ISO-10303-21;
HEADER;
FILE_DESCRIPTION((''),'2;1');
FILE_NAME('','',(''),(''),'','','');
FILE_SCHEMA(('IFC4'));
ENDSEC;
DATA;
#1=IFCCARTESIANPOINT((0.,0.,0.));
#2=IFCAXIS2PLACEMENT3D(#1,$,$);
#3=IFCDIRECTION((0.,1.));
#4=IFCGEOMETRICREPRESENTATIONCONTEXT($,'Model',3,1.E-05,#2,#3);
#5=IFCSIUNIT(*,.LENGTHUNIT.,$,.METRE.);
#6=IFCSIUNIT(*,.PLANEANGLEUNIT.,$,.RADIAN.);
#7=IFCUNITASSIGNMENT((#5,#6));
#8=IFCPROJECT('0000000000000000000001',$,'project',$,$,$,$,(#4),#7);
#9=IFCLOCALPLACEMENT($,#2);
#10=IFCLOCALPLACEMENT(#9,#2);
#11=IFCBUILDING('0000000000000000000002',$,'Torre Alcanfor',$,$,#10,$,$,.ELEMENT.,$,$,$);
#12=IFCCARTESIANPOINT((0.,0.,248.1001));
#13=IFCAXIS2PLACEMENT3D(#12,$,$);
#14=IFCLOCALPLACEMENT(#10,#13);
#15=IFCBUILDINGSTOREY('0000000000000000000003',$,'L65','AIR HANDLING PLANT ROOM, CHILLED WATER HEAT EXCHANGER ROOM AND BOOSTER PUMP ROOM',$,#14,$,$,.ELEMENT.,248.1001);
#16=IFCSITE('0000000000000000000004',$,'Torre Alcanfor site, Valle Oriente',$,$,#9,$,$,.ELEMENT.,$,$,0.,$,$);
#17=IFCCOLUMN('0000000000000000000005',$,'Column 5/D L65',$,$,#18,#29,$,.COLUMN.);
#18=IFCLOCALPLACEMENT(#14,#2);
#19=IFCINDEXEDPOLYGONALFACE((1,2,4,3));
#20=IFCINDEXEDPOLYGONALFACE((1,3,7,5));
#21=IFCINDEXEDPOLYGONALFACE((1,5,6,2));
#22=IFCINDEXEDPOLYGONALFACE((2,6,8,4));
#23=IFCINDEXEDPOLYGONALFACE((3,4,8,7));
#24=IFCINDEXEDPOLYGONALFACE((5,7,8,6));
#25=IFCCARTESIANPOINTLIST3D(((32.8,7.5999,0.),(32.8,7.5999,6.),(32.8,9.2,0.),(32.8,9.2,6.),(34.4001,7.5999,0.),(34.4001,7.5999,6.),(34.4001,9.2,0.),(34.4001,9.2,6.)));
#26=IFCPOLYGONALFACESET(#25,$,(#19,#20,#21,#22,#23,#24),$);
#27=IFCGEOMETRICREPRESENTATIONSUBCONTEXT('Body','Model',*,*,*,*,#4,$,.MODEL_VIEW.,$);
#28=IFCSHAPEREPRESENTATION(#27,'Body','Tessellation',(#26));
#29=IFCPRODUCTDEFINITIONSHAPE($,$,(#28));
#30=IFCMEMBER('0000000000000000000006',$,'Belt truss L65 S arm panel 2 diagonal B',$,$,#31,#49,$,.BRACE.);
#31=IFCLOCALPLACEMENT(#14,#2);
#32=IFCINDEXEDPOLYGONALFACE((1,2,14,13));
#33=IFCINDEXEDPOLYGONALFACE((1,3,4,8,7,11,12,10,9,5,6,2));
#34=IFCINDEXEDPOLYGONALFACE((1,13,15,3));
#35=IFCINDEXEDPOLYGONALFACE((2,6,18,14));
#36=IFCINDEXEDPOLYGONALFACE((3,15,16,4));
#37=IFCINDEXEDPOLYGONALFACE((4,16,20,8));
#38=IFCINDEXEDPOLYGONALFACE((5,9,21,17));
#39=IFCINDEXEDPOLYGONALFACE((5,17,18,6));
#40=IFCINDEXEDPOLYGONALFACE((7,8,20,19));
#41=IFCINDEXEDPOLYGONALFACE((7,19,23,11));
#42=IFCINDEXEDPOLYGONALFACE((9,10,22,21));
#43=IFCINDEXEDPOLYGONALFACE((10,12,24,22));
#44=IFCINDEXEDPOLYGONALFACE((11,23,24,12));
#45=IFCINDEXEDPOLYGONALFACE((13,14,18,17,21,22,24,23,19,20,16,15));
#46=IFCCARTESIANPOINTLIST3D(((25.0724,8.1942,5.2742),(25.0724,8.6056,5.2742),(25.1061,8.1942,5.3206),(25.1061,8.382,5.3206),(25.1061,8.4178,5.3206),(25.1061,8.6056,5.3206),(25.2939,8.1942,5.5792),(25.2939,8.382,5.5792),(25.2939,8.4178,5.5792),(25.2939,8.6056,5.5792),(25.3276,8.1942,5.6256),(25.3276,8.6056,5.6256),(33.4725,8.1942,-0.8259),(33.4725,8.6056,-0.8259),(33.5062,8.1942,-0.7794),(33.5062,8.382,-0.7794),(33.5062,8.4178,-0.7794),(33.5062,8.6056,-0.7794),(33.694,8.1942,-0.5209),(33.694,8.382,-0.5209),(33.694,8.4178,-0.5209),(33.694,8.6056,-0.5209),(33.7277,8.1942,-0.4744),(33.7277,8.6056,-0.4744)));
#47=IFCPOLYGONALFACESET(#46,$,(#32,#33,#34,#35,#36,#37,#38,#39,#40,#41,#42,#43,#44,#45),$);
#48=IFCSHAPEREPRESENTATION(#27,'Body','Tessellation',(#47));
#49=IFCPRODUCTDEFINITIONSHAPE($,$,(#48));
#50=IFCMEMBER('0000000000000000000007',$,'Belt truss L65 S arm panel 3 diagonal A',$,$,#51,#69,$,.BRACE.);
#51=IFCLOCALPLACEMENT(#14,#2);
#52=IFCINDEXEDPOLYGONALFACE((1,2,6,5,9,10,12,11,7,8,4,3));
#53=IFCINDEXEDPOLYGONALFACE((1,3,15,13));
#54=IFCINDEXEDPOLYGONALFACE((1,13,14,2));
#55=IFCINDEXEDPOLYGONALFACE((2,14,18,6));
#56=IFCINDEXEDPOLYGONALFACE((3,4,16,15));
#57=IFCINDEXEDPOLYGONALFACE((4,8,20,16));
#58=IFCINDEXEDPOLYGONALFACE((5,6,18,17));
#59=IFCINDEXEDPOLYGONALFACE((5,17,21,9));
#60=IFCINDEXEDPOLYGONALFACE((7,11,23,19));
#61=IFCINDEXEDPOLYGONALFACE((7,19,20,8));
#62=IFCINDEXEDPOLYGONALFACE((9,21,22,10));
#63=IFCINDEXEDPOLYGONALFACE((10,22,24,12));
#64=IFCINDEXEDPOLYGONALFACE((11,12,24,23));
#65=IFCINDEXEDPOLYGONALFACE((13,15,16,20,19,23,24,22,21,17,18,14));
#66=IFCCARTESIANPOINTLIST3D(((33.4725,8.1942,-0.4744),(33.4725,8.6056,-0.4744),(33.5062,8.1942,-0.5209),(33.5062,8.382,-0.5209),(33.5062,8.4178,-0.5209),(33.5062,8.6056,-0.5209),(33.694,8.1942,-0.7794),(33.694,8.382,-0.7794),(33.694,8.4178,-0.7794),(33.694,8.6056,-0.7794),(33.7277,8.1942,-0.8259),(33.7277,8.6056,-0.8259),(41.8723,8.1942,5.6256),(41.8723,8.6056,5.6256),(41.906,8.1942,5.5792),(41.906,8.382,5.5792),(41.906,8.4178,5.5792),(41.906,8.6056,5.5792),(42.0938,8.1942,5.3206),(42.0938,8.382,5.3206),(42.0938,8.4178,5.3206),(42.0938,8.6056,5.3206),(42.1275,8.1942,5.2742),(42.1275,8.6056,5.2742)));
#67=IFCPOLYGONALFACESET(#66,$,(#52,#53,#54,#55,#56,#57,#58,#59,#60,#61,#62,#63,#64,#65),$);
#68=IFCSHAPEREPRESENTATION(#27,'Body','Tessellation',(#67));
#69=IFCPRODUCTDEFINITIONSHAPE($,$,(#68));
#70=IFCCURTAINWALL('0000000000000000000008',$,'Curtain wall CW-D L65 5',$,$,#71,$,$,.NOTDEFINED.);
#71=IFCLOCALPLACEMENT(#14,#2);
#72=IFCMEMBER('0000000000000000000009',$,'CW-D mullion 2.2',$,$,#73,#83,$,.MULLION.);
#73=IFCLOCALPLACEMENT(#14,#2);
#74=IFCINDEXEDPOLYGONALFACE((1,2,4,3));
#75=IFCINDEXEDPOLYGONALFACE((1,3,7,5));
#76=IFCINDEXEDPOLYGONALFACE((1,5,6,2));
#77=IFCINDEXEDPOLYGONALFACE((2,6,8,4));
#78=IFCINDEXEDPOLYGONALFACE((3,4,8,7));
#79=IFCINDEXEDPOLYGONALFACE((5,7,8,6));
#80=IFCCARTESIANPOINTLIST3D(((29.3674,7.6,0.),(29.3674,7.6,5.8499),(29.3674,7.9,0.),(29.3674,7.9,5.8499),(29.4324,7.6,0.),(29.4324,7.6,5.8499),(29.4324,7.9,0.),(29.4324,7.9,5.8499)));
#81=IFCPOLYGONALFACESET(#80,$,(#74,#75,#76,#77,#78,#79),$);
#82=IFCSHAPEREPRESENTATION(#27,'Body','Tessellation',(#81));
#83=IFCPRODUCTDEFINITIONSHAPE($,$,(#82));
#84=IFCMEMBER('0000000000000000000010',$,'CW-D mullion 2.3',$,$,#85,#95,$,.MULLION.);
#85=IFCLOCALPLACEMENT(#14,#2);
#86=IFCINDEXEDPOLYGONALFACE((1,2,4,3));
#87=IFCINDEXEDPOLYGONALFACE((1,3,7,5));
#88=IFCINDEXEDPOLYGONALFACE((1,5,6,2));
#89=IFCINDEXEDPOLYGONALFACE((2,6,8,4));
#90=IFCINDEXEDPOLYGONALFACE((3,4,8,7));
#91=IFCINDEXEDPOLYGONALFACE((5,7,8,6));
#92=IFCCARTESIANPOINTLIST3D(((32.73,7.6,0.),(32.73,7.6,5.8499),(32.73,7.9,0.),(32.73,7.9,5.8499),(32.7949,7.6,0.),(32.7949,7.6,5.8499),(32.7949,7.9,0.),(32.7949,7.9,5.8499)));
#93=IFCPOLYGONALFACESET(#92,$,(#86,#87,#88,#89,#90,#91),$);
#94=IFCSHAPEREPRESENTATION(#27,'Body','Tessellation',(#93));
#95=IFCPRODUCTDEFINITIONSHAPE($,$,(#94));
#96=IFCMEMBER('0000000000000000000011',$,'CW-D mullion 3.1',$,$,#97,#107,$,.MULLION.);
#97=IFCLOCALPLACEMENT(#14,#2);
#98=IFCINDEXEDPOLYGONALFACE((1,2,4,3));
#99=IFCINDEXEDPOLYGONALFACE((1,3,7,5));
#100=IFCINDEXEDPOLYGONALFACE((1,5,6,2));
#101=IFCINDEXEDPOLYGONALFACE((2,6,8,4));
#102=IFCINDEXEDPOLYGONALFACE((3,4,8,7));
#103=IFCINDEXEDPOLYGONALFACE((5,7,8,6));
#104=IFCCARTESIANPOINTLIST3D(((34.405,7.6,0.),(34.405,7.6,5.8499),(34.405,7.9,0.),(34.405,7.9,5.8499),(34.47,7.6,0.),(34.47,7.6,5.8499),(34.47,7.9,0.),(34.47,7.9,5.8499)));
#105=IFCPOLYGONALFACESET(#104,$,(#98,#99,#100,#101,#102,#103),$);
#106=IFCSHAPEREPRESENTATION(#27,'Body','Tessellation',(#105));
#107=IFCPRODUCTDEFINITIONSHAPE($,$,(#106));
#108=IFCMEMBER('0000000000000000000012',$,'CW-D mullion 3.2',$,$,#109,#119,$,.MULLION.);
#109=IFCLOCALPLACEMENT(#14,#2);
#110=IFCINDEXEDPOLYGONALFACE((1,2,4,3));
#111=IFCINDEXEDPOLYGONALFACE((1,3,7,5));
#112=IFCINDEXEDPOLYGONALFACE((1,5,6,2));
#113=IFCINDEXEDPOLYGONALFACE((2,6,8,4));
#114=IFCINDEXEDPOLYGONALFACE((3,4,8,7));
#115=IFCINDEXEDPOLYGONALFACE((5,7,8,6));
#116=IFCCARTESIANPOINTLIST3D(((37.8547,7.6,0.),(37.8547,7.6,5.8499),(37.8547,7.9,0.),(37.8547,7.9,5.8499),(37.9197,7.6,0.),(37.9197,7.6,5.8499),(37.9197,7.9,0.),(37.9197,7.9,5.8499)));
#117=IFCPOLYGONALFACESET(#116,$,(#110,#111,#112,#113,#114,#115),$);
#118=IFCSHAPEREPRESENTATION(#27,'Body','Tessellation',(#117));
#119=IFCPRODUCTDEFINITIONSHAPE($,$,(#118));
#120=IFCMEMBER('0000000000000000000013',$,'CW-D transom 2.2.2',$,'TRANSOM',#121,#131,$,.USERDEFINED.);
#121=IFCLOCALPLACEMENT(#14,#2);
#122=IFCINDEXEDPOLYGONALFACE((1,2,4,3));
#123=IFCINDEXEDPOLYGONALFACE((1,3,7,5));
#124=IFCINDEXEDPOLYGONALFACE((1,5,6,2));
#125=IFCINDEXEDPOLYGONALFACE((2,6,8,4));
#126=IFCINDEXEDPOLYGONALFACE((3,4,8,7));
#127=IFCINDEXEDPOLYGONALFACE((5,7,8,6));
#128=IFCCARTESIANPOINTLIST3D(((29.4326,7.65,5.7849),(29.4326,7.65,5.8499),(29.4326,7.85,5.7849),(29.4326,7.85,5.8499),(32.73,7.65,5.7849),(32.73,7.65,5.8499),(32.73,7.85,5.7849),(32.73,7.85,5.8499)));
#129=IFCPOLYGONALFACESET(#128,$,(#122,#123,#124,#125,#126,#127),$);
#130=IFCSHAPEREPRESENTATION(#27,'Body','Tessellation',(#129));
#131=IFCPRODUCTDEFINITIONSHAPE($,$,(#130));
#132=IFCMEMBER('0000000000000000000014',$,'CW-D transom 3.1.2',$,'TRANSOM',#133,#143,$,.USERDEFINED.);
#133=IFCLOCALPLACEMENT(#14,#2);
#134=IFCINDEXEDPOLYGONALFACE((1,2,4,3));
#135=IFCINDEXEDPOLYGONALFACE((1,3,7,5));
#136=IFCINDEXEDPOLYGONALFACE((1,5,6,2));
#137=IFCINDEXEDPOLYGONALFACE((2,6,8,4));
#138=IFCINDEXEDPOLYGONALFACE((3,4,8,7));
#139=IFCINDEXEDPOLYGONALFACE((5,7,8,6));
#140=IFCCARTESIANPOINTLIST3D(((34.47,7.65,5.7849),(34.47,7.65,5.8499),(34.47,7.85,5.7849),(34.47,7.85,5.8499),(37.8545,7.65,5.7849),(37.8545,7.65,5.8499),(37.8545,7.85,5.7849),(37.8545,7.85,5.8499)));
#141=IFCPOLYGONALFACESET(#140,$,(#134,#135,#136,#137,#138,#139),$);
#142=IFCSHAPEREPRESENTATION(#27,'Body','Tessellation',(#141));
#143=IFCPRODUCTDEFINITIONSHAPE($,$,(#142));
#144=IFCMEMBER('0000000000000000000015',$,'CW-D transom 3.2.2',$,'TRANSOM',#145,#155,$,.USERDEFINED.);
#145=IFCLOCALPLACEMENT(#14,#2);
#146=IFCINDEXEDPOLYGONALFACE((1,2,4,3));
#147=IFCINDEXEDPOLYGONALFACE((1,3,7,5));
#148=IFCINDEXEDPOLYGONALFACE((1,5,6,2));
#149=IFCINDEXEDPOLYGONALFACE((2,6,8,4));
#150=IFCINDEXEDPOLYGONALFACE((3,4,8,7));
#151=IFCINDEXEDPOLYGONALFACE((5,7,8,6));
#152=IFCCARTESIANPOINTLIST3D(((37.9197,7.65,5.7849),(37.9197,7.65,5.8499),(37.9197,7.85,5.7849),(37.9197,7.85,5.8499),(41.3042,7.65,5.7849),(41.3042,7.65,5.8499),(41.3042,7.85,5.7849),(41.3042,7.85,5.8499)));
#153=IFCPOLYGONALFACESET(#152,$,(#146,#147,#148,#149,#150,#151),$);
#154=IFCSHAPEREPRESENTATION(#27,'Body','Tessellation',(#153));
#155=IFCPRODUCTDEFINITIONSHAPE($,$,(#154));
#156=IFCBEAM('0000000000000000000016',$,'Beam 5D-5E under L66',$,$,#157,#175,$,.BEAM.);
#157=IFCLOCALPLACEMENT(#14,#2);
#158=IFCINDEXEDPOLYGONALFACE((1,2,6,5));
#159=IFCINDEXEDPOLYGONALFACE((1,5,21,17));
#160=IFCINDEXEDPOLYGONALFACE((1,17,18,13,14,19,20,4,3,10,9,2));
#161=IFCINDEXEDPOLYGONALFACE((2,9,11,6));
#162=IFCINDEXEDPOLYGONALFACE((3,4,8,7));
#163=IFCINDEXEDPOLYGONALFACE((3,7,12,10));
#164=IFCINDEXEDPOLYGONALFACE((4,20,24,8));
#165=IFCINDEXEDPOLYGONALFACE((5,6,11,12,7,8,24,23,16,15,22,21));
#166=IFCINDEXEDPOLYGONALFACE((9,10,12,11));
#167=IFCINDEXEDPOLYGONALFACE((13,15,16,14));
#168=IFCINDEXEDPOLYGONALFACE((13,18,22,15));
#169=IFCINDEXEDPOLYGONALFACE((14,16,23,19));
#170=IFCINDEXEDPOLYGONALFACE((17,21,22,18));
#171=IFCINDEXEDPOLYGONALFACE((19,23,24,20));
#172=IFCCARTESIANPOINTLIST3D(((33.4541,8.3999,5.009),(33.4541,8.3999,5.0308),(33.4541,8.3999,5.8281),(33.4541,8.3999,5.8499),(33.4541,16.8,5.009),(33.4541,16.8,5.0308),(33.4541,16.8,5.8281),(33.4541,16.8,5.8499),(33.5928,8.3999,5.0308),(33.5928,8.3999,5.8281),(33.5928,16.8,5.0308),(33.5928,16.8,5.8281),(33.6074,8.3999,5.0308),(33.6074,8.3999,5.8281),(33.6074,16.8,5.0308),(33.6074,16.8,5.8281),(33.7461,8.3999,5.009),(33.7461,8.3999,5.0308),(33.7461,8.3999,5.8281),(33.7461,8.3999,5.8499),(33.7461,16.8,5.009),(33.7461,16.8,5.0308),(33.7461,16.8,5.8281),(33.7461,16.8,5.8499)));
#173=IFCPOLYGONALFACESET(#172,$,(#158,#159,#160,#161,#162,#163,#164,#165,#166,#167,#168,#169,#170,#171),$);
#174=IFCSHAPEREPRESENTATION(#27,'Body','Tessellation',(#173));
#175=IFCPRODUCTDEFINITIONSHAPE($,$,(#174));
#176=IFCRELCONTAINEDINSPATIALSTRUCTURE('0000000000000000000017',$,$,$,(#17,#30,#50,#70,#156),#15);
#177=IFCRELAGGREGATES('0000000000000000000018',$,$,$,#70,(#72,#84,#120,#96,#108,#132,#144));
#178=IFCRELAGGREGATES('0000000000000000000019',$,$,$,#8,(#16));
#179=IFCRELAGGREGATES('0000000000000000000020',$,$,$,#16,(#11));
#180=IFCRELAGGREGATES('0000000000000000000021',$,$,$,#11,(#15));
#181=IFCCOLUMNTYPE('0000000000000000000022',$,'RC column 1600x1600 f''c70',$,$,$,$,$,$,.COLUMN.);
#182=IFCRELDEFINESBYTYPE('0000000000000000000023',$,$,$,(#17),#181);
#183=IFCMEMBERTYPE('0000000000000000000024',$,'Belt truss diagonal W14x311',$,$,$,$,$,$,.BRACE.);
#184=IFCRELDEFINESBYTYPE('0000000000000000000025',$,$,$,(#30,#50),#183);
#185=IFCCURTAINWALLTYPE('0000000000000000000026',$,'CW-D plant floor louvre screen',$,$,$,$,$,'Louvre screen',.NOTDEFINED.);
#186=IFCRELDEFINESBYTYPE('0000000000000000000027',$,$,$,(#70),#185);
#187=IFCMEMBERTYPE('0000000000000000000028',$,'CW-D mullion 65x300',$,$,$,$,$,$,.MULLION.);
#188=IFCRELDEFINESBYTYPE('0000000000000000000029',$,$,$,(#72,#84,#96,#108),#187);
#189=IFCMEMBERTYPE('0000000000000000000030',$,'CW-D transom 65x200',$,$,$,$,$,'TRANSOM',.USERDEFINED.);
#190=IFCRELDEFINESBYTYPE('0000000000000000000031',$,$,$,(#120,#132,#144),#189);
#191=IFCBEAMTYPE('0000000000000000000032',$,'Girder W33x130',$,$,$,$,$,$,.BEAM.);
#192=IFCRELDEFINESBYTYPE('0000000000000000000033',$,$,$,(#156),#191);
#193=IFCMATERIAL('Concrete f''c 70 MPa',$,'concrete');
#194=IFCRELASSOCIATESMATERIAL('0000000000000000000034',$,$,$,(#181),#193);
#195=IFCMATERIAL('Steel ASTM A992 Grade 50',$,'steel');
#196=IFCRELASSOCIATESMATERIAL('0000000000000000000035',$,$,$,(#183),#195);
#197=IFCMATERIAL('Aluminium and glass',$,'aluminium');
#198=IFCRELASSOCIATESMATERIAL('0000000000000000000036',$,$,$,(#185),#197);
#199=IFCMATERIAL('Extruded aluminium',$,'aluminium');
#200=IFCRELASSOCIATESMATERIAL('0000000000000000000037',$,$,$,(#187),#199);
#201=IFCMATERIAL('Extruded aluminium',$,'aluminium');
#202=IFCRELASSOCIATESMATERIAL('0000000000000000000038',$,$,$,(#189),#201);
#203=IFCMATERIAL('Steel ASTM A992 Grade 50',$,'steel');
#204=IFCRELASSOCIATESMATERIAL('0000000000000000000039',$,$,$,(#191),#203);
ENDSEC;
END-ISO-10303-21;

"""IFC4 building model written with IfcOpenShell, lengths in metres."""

from ifc_helpers import new_model, si_unit, direction, frame, origin, origin_2d, place, context, subcontext, project, spatial, rectangle, i_section, extrude, material, material_profile, profile_set, type_object, element, aggregate, save


model = new_model("IFC4")

# Units and contexts
model_context = context("Model", 3, precision=1e-05, world=origin(), true_north=direction((0.0, 1.0)))
body_context = subcontext(model_context, "Body", "Model", "MODEL_VIEW")
ifc_project = project(units=[si_unit("LENGTHUNIT", "METRE"), si_unit("PLANEANGLEUNIT", "RADIAN")], contexts=[model_context])

# Site, building, storey
site_placement = place(None, origin())
site = spatial("IfcSite", under=ifc_project, at=site_placement, Name="Torre Alcanfor site, Valle Oriente", CompositionType="ELEMENT", RefElevation=0.0)
building_placement = place(site_placement, origin())
building = spatial("IfcBuilding", under=site, at=building_placement, Name="Torre Alcanfor", CompositionType="ELEMENT")
storey_placement = place(building_placement, frame((0.0, 0.0, 248.1001)))
storey = spatial("IfcBuildingStorey", under=building, at=storey_placement, Name="L65", Description="AIR HANDLING PLANT ROOM, CHILLED WATER HEAT EXCHANGER ROOM AND BOOSTER PUMP ROOM", CompositionType="ELEMENT", Elevation=248.1001)

# Column
ifc_material_1 = material(Name="Concrete f'c 70 MPa", Category="concrete")
ifc_material_profile_1 = material_profile(ifc_material_1, rectangle(XDim=1.6001, YDim=1.6001, at=origin_2d()), Name="1600x1600")
ifc_profile_set_1 = profile_set([ifc_material_profile_1], Name="Concrete f'c 70 MPa")
column_type = type_object("IfcColumnType", Name="RC column 1600x1600 f'c70", PredefinedType="COLUMN", material=ifc_profile_set_1)
column_placement = place(storey_placement, frame((33.6001, 8.3999, 0.0), z_axis=(0.0, 0.0, 1.0), x_axis=(1.0, 0.0, 0.0)))
element("IfcColumn", 1, at=column_placement, inside=storey, type_object=column_type, Name="Column 5/D L65", PredefinedType="COLUMN", context=body_context, shape_type="SweptSolid", body=[
    extrude(rectangle(XDim=1.6001, YDim=1.6001, at=origin_2d()), origin(), (0.0, 0.0, 1.0), 6.0),
])

# Members
ifc_material_2 = material(Name="Steel ASTM A992 Grade 50", Category="steel")
ifc_material_profile_2 = material_profile(ifc_material_2, i_section(OverallWidth=0.4114, OverallDepth=0.4343, WebThickness=0.0359, FlangeThickness=0.0574, at=origin_2d()), Name="W14x311")
ifc_profile_set_2 = profile_set([ifc_material_profile_2], Name="Steel ASTM A992 Grade 50")
member_type_1 = type_object("IfcMemberType", Name="Belt truss diagonal W14x311", PredefinedType="BRACE", material=ifc_profile_set_2)
member_1_placement = place(storey_placement, frame((33.6001, 8.3999, -0.6501), z_axis=(-0.809153, 0.0, 0.587598), x_axis=(0.0, -1.0, 0.0)))
element("IfcMember", 2, at=member_1_placement, inside=storey, type_object=member_type_1, Name="Belt truss L65 S arm panel 2 diagonal B", PredefinedType="BRACE", context=body_context, shape_type="SweptSolid", body=[
    extrude(i_section(OverallWidth=0.4114, OverallDepth=0.4343, WebThickness=0.0359, FlangeThickness=0.0574, at=origin_2d()), origin(), (0.0, 0.0, 1.0), 10.3813),
])
member_2_placement = place(storey_placement, frame((33.6001, 8.3999, -0.6501), z_axis=(0.809145, 0.0, 0.587609), x_axis=(0.0, 1.0, 0.0)))
element("IfcMember", 3, at=member_2_placement, inside=storey, type_object=member_type_1, Name="Belt truss L65 S arm panel 3 diagonal A", PredefinedType="BRACE", context=body_context, shape_type="SweptSolid", body=[
    extrude(i_section(OverallWidth=0.4114, OverallDepth=0.4343, WebThickness=0.0359, FlangeThickness=0.0574, at=origin_2d()), origin(), (0.0, 0.0, 1.0), 10.3811),
])

# Curtain wall, members
ifc_material_3 = material(Name="Aluminium and glass", Category="aluminium")
curtain_wall_type = type_object("IfcCurtainWallType", Name="CW-D plant floor louvre screen", ElementType="Louvre screen", PredefinedType="NOTDEFINED", material=ifc_material_3)
curtain_wall_placement = place(storey_placement, origin())
curtain_wall = element("IfcCurtainWall", 4, at=curtain_wall_placement, inside=storey, type_object=curtain_wall_type, Name="Curtain wall CW-D L65 5", PredefinedType="NOTDEFINED")
ifc_material_4 = material(Name="Extruded aluminium", Category="aluminium")
ifc_material_profile_3 = material_profile(ifc_material_4, rectangle(XDim=0.3, YDim=0.0649, at=origin_2d()), Name="CW-D mullion 65x300")
ifc_profile_set_3 = profile_set([ifc_material_profile_3], Name="Extruded aluminium")
member_type_2 = type_object("IfcMemberType", Name="CW-D mullion 65x300", PredefinedType="MULLION", material=ifc_profile_set_3)
member_3_placement = place(storey_placement, frame((29.3999, 7.75, 0.0), z_axis=(0.0, 0.0, 1.0), x_axis=(0.0, 1.0, 0.0)))
member_3 = element("IfcMember", 5, at=member_3_placement, type_object=member_type_2, Name="CW-D mullion 2.2", PredefinedType="MULLION", context=body_context, shape_type="SweptSolid", body=[
    extrude(rectangle(XDim=0.3, YDim=0.0649, at=origin_2d()), origin(), (0.0, 0.0, 1.0), 5.8499),
])
member_4_placement = place(storey_placement, frame((32.7625, 7.75, 0.0), z_axis=(0.0, 0.0, 1.0), x_axis=(0.0, 1.0, 0.0)))
member_4 = element("IfcMember", 6, at=member_4_placement, type_object=member_type_2, Name="CW-D mullion 2.3", PredefinedType="MULLION", context=body_context, shape_type="SweptSolid", body=[
    extrude(rectangle(XDim=0.3, YDim=0.0649, at=origin_2d()), origin(), (0.0, 0.0, 1.0), 5.8499),
])
member_5_placement = place(storey_placement, frame((34.4375, 7.75, 0.0), z_axis=(0.0, 0.0, 1.0), x_axis=(0.0, 1.0, 0.0)))
member_5 = element("IfcMember", 7, at=member_5_placement, type_object=member_type_2, Name="CW-D mullion 3.1", PredefinedType="MULLION", context=body_context, shape_type="SweptSolid", body=[
    extrude(rectangle(XDim=0.3, YDim=0.0649, at=origin_2d()), origin(), (0.0, 0.0, 1.0), 5.8499),
])
member_6_placement = place(storey_placement, frame((37.8872, 7.75, 0.0), z_axis=(0.0, 0.0, 1.0), x_axis=(0.0, 1.0, 0.0)))
member_6 = element("IfcMember", 8, at=member_6_placement, type_object=member_type_2, Name="CW-D mullion 3.2", PredefinedType="MULLION", context=body_context, shape_type="SweptSolid", body=[
    extrude(rectangle(XDim=0.3, YDim=0.0649, at=origin_2d()), origin(), (0.0, 0.0, 1.0), 5.8499),
])
ifc_material_5 = material(Name="Extruded aluminium", Category="aluminium")
ifc_material_profile_4 = material_profile(ifc_material_5, rectangle(XDim=0.2, YDim=0.0649, at=origin_2d()), Name="CW-D transom 200x65")
ifc_profile_set_4 = profile_set([ifc_material_profile_4], Name="Extruded aluminium")
member_type_3 = type_object("IfcMemberType", Name="CW-D transom 65x200", ElementType="TRANSOM", PredefinedType="USERDEFINED", material=ifc_profile_set_4)
member_7_placement = place(storey_placement, frame((29.4326, 7.75, 5.8174), z_axis=(1.0, 0.0, 0.0), x_axis=(0.0, 1.0, 0.0)))
member_7 = element("IfcMember", 9, at=member_7_placement, type_object=member_type_3, Name="CW-D transom 2.2.2", ObjectType="TRANSOM", PredefinedType="USERDEFINED", context=body_context, shape_type="SweptSolid", body=[
    extrude(rectangle(XDim=0.2, YDim=0.0649, at=origin_2d()), origin(), (0.0, 0.0, 1.0), 3.2974),
])
member_8_placement = place(storey_placement, frame((34.47, 7.75, 5.8174), z_axis=(1.0, 0.0, 0.0), x_axis=(0.0, 1.0, 0.0)))
member_8 = element("IfcMember", 10, at=member_8_placement, type_object=member_type_3, Name="CW-D transom 3.1.2", ObjectType="TRANSOM", PredefinedType="USERDEFINED", context=body_context, shape_type="SweptSolid", body=[
    extrude(rectangle(XDim=0.2, YDim=0.0649, at=origin_2d()), origin(), (0.0, 0.0, 1.0), 3.3845),
])
member_9_placement = place(storey_placement, frame((37.9197, 7.75, 5.8174), z_axis=(1.0, 0.0, 0.0), x_axis=(0.0, 1.0, 0.0)))
member_9 = element("IfcMember", 11, at=member_9_placement, type_object=member_type_3, Name="CW-D transom 3.2.2", ObjectType="TRANSOM", PredefinedType="USERDEFINED", context=body_context, shape_type="SweptSolid", body=[
    extrude(rectangle(XDim=0.2, YDim=0.0649, at=origin_2d()), origin(), (0.0, 0.0, 1.0), 3.3845),
])

# Beam
ifc_material_6 = material(Name="Steel ASTM A992 Grade 50", Category="steel")
ifc_material_profile_5 = material_profile(ifc_material_6, i_section(OverallWidth=0.292, OverallDepth=0.8408, WebThickness=0.0146, FlangeThickness=0.0217, at=origin_2d()), Name="W33x130")
ifc_profile_set_5 = profile_set([ifc_material_profile_5], Name="Steel ASTM A992 Grade 50")
beam_type_1 = type_object("IfcBeamType", Name="Girder W33x130", PredefinedType="BEAM", material=ifc_profile_set_5)
beam_1_placement = place(storey_placement, frame((33.6001, 8.3999, 5.4294), z_axis=(0.0, 1.0, 0.0), x_axis=(-1.0, 0.0, 0.0)))
element("IfcBeam", 12, at=beam_1_placement, inside=storey, type_object=beam_type_1, Name="Beam 5D-5E under L66", PredefinedType="BEAM", context=body_context, shape_type="SweptSolid", body=[
    extrude(i_section(OverallWidth=0.292, OverallDepth=0.8408, WebThickness=0.0146, FlangeThickness=0.0217, at=origin_2d()), origin(), (0.0, 0.0, 1.0), 8.4001),
])

aggregate(curtain_wall, [member_3, member_4, member_7, member_5, member_6, member_8, member_9])

save(model, "model.ifc")
